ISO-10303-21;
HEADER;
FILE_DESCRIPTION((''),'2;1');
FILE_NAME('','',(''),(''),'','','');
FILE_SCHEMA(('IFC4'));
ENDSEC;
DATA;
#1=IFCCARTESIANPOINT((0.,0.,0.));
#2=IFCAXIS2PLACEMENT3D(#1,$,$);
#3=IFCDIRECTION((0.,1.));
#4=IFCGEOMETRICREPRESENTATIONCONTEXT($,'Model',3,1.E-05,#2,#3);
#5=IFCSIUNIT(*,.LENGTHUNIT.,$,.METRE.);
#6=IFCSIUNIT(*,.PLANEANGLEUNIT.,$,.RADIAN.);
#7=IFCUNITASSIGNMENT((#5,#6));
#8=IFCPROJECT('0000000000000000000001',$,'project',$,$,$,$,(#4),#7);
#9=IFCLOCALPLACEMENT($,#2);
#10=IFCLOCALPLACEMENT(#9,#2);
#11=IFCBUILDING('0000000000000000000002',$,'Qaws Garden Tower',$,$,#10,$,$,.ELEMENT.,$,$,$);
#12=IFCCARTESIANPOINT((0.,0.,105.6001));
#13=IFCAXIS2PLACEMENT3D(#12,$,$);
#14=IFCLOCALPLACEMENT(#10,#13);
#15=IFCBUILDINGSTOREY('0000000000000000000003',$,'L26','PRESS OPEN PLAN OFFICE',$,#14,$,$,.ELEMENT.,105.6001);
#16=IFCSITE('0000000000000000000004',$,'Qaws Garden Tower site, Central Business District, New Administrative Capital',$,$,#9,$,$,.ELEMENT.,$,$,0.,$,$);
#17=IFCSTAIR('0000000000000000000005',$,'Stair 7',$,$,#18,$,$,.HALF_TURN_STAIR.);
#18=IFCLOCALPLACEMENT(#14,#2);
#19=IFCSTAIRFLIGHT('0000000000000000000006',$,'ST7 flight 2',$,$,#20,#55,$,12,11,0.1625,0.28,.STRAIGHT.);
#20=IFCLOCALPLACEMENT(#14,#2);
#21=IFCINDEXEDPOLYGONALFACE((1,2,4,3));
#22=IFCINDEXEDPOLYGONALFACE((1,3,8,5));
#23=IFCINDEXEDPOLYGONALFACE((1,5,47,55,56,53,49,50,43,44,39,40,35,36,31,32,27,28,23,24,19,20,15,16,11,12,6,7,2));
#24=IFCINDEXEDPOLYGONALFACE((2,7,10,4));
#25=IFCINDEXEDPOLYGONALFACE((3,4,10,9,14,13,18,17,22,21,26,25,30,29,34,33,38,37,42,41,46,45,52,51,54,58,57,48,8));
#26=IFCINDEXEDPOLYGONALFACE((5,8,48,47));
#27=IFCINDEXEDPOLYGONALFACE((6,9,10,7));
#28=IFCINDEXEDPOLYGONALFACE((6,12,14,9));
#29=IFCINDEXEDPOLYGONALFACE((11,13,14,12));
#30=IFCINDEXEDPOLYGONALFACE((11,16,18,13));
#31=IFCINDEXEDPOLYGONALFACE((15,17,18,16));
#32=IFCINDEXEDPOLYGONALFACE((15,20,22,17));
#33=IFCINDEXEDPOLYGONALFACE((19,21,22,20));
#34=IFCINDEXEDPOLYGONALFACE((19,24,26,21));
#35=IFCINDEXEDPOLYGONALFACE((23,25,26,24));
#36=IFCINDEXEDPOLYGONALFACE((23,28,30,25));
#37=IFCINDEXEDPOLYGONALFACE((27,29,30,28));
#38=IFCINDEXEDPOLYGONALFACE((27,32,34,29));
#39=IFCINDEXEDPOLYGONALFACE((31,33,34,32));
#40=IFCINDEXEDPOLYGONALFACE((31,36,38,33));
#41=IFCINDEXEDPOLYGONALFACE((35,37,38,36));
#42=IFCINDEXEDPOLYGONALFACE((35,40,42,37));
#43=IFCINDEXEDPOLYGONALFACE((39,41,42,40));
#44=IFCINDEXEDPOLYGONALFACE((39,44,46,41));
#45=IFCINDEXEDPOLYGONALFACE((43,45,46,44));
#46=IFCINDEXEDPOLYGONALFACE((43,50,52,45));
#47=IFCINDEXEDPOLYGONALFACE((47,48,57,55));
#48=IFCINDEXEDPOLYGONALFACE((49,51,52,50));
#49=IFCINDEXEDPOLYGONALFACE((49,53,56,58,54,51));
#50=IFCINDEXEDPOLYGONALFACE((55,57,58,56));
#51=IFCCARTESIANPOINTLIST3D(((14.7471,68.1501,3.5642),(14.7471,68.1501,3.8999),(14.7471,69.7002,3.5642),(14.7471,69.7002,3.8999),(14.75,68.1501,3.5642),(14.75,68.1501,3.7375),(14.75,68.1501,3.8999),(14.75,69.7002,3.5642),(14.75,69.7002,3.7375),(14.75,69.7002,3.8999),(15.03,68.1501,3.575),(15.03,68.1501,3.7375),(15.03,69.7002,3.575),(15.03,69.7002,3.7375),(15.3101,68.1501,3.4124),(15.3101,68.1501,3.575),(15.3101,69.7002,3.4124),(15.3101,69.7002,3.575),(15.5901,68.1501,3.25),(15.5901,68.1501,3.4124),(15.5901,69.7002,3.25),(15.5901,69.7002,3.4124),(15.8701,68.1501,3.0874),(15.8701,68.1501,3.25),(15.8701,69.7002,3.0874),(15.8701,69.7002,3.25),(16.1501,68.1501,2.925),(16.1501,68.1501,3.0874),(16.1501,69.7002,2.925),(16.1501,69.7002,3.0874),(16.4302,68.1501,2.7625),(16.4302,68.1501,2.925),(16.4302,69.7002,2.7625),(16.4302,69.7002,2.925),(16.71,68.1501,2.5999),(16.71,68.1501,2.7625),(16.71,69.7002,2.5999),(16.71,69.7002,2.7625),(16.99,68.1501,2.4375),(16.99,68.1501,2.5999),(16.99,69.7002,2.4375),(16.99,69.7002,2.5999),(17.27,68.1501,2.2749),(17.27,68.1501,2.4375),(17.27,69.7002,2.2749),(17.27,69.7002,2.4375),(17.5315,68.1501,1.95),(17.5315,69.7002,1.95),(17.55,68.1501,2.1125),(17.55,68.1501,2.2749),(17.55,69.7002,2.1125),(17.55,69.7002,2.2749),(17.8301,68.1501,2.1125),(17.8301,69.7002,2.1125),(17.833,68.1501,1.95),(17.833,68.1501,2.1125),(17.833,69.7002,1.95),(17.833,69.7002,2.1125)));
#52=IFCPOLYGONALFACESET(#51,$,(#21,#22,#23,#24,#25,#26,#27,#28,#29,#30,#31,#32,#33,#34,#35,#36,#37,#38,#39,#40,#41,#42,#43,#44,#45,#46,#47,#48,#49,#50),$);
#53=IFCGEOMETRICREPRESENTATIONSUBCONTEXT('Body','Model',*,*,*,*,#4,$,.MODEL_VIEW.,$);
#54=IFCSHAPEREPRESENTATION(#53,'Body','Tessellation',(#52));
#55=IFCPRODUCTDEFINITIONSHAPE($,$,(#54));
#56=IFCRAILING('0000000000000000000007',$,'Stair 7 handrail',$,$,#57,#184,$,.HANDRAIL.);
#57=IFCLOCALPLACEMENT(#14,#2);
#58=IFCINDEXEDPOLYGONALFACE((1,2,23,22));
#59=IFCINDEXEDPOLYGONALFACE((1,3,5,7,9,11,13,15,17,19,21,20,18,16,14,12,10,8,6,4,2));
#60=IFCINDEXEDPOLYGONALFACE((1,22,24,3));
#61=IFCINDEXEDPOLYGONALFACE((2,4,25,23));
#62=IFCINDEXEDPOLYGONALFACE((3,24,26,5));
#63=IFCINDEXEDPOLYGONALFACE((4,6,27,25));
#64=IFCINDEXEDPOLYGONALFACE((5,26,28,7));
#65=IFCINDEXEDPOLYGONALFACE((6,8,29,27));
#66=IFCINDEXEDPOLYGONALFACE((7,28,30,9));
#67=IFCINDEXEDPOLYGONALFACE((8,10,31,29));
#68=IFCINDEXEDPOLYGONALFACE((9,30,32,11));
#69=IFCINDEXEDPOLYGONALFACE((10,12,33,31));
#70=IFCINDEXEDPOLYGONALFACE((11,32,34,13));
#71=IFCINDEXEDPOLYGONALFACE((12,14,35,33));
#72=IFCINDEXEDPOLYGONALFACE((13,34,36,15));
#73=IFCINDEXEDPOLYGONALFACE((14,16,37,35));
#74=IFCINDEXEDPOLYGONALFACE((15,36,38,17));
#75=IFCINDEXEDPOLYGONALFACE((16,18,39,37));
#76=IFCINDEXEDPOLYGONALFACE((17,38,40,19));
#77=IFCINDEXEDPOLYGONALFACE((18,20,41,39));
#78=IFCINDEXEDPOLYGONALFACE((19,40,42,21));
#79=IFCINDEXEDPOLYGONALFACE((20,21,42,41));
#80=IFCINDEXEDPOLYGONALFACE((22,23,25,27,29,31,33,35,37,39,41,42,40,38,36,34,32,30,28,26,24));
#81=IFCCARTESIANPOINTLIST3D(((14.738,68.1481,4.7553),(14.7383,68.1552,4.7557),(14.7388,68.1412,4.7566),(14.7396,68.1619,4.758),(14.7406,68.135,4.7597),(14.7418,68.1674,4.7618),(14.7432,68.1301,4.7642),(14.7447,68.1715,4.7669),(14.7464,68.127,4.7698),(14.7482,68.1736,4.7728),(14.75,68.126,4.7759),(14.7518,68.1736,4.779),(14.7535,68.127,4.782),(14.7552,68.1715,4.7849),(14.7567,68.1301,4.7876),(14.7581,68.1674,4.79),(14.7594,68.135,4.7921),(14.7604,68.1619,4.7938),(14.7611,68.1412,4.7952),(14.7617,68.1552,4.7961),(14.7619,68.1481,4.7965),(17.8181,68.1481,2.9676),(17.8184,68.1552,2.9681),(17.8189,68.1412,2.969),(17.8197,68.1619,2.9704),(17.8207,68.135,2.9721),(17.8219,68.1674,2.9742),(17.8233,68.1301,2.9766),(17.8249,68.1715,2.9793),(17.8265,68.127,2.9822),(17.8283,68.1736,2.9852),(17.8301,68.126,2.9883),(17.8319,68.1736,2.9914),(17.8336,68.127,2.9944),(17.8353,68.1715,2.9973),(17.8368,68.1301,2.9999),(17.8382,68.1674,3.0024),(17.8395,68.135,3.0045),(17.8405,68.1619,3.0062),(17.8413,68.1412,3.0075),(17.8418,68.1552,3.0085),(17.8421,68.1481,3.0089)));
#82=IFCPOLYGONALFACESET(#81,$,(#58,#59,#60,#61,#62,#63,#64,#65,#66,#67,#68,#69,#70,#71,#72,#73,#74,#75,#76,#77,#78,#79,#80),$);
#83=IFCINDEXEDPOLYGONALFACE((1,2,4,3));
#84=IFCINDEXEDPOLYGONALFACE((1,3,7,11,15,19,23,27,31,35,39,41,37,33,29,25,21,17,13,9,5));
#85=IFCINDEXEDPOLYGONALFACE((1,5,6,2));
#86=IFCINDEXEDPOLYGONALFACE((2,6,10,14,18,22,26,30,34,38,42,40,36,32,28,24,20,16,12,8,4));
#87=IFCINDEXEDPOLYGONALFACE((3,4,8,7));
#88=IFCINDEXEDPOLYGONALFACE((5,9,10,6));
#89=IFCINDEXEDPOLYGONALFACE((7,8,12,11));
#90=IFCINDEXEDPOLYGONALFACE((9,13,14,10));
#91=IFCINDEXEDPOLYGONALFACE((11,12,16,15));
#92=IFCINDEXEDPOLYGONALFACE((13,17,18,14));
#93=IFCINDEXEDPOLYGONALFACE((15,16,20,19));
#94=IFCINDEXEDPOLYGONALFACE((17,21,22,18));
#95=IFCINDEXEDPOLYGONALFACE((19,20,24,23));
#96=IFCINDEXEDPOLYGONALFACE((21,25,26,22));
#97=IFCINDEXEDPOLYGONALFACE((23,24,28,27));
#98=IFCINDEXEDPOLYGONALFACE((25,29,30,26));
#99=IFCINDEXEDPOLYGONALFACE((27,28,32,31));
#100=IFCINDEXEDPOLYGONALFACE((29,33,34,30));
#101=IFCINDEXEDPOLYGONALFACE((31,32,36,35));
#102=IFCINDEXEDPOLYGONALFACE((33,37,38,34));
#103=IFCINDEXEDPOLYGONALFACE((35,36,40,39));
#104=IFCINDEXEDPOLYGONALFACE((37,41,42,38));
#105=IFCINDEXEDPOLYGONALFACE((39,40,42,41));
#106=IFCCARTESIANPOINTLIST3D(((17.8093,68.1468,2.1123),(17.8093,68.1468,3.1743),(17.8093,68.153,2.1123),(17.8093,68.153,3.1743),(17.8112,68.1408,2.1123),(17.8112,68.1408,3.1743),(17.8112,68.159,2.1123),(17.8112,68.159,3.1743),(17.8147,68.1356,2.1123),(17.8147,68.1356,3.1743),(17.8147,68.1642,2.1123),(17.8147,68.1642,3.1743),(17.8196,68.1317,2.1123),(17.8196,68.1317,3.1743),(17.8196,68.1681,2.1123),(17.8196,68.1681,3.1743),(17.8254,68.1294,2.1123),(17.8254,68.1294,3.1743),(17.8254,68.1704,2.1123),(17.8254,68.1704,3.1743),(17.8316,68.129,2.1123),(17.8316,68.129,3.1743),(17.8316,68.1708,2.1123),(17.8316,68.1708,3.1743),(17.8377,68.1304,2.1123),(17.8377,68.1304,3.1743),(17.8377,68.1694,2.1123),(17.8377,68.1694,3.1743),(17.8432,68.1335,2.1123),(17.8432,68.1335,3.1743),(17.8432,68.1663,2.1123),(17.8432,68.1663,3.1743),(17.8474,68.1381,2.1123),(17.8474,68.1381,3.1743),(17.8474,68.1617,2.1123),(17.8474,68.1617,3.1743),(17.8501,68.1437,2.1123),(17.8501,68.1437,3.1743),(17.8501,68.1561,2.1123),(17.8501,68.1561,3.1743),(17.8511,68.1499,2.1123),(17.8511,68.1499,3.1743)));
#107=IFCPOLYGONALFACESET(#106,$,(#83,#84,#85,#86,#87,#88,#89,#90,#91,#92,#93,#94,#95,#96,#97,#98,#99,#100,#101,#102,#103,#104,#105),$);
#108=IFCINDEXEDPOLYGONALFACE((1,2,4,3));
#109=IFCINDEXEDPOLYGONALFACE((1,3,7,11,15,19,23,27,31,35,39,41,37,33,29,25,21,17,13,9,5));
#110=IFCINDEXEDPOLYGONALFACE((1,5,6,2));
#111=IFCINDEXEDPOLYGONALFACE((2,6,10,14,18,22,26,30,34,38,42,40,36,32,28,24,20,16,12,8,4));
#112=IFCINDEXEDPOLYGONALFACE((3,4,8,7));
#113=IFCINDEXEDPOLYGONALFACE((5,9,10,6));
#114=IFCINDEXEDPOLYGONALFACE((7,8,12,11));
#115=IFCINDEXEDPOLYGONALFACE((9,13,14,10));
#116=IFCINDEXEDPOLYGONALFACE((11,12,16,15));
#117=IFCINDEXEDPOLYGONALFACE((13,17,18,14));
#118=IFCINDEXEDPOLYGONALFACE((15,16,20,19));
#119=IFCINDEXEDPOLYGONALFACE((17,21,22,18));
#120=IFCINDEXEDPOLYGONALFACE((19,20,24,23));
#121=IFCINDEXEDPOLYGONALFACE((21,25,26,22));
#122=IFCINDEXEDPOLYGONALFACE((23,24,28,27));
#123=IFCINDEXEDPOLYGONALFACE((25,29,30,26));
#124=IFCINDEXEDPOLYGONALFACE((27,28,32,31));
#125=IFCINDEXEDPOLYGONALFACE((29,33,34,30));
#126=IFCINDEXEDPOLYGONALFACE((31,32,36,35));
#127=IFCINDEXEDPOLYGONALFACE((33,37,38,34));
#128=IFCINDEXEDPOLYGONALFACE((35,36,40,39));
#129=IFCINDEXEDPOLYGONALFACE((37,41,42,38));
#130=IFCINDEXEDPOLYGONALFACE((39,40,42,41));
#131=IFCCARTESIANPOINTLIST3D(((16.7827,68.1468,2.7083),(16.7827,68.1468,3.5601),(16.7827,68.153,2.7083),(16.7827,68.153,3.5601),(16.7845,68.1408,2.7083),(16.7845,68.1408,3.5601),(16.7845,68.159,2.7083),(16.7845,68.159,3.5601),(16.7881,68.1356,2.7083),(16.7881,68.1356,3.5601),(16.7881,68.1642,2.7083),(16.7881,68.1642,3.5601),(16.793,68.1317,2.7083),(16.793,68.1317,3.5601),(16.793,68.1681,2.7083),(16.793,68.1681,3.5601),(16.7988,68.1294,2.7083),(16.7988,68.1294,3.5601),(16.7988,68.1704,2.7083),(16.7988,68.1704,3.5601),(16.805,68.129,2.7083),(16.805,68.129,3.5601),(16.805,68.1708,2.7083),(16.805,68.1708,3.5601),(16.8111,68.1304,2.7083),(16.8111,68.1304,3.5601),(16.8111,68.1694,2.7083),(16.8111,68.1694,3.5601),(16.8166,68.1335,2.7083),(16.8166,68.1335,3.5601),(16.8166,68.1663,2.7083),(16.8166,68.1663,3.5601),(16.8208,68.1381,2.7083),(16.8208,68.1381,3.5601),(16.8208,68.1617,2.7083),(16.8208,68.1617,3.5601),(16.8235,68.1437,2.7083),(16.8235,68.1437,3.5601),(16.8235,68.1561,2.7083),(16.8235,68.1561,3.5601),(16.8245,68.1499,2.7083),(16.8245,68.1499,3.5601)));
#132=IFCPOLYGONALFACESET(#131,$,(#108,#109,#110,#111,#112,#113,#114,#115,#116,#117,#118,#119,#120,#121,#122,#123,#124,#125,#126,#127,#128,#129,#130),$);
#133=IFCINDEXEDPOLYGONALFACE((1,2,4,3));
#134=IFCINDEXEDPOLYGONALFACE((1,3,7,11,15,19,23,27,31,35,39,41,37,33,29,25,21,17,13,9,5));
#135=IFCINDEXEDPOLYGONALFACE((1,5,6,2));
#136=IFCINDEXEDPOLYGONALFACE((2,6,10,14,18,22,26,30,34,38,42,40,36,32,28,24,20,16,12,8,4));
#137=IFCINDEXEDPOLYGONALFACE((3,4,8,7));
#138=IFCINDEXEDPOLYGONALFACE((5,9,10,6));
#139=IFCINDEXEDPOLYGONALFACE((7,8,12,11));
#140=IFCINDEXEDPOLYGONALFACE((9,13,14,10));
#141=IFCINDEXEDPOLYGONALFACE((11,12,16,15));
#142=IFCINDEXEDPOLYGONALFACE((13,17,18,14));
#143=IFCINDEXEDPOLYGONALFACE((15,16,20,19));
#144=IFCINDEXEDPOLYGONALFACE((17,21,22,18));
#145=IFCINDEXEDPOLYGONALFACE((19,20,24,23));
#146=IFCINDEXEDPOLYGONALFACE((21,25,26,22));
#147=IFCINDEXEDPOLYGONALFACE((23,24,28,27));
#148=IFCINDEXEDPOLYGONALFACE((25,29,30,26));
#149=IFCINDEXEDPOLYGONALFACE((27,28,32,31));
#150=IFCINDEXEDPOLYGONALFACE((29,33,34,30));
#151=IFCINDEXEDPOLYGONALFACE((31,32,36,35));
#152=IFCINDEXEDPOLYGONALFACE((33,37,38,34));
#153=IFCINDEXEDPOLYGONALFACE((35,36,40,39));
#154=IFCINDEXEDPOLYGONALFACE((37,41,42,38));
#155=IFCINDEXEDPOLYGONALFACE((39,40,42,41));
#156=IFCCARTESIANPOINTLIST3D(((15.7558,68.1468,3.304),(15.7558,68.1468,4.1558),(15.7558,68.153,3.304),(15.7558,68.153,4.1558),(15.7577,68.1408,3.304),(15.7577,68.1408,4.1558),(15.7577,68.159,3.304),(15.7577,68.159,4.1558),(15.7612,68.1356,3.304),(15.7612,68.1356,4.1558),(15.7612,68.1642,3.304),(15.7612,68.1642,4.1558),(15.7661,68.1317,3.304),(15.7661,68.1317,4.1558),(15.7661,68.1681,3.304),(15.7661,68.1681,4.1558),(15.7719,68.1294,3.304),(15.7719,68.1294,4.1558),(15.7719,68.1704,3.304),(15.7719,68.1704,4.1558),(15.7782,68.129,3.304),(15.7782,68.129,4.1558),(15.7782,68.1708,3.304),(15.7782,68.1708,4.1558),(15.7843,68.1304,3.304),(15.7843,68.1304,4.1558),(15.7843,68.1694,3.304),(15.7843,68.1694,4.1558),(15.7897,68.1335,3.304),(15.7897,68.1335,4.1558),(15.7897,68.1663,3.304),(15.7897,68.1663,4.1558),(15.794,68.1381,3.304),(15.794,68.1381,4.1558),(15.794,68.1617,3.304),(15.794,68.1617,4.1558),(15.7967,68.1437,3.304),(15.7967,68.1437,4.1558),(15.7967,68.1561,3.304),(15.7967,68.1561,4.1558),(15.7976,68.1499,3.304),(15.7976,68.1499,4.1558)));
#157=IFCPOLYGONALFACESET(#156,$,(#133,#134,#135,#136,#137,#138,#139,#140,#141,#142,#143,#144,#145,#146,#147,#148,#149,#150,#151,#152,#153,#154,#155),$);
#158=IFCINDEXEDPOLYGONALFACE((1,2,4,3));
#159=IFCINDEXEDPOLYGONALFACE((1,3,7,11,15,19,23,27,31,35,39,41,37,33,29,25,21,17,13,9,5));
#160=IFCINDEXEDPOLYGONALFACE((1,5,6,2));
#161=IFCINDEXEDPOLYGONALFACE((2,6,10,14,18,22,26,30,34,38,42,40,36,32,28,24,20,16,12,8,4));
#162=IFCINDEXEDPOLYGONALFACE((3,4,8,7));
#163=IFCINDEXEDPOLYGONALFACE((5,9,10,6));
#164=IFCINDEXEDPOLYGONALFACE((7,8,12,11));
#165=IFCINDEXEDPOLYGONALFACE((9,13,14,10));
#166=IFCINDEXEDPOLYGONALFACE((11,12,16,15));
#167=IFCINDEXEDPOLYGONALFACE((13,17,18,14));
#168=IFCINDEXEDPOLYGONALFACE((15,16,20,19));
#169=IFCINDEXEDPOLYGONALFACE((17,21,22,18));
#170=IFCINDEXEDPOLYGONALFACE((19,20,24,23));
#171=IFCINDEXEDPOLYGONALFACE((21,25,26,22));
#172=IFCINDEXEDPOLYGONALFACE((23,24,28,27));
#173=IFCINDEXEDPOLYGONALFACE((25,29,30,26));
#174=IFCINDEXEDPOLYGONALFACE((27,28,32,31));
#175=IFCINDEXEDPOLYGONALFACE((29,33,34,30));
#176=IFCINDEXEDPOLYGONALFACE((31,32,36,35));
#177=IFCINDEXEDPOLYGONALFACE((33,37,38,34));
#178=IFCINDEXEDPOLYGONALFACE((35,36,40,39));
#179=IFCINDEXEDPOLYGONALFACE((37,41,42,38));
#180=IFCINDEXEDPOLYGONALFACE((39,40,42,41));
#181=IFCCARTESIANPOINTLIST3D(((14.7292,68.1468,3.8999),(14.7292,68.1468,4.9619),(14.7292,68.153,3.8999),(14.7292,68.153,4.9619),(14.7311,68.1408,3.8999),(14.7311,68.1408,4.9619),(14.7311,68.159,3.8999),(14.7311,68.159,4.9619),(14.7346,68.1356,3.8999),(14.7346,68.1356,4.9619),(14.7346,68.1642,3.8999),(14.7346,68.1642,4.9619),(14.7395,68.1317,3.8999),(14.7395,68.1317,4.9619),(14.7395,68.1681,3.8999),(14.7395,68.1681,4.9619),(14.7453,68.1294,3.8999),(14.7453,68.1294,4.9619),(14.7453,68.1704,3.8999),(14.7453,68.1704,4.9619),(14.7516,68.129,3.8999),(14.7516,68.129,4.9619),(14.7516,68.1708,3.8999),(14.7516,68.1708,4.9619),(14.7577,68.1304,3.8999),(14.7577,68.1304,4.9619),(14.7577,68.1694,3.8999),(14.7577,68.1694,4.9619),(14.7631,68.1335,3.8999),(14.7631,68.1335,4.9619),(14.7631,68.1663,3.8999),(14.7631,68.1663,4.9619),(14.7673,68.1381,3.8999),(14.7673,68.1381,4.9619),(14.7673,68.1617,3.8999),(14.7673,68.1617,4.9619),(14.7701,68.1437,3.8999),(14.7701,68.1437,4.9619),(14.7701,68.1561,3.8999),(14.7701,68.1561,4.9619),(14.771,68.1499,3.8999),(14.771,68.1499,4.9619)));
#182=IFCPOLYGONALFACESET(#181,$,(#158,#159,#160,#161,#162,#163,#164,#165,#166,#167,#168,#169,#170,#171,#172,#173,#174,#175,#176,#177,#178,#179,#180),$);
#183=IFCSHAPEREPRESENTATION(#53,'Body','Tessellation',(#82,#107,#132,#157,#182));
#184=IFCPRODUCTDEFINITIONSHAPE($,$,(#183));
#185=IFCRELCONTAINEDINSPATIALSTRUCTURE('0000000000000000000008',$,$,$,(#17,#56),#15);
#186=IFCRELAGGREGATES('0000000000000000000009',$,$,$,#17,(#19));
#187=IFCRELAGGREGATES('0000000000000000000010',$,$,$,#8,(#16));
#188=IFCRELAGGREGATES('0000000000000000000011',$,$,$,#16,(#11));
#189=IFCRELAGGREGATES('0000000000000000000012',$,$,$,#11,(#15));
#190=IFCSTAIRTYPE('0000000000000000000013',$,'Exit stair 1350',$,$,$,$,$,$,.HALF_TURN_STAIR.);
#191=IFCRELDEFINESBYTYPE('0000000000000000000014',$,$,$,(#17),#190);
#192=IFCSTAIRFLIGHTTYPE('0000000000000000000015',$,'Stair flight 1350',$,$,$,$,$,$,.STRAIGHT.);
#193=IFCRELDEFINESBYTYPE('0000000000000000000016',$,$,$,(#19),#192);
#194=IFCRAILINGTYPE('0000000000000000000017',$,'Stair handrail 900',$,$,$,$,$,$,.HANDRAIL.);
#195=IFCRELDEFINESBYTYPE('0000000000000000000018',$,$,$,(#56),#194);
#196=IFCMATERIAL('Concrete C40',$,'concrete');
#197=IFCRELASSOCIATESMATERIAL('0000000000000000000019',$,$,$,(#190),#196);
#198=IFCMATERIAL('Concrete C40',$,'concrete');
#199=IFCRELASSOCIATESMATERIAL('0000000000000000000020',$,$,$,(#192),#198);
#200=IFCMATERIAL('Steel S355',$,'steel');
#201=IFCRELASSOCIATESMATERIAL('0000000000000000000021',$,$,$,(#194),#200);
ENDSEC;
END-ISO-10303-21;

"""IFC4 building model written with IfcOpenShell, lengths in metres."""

from ifc_helpers import new_model, si_unit, direction, frame, origin, origin_2d, place, context, subcontext, project, spatial, polyline, circle, outline, extrude, material, type_object, element, aggregate, save


model = new_model("IFC4")

# Units and contexts
model_context = context("Model", 3, precision=1e-05, world=origin(), true_north=direction((0.0, 1.0)))
body_context = subcontext(model_context, "Body", "Model", "MODEL_VIEW")
ifc_project = project(units=[si_unit("LENGTHUNIT", "METRE"), si_unit("PLANEANGLEUNIT", "RADIAN")], contexts=[model_context])

# Site, building, storey
site_placement = place(None, origin())
site = spatial("IfcSite", under=ifc_project, at=site_placement, Name="Qaws Garden Tower site, Central Business District, New Administrative Capital", CompositionType="ELEMENT", RefElevation=0.0)
building_placement = place(site_placement, origin())
building = spatial("IfcBuilding", under=site, at=building_placement, Name="Qaws Garden Tower", CompositionType="ELEMENT")
storey_placement = place(building_placement, frame((0.0, 0.0, 105.6001)))
storey = spatial("IfcBuildingStorey", under=building, at=storey_placement, Name="L26", Description="PRESS OPEN PLAN OFFICE", CompositionType="ELEMENT", Elevation=105.6001)

# Stair, stair flight
ifc_material_1 = material(Name="Concrete C40", Category="concrete")
stair_type = type_object("IfcStairType", Name="Exit stair 1350", PredefinedType="HALF_TURN_STAIR", material=ifc_material_1)
stair_placement = place(storey_placement, origin())
stair = element("IfcStair", 1, at=stair_placement, inside=storey, type_object=stair_type, Name="Stair 7", PredefinedType="HALF_TURN_STAIR")
ifc_material_2 = material(Name="Concrete C40", Category="concrete")
stair_flight_type = type_object("IfcStairFlightType", Name="Stair flight 1350", PredefinedType="STRAIGHT", material=ifc_material_2)
stair_flight_placement = place(storey_placement, frame((17.8301, 68.925, 1.95), z_axis=(0.0, 0.0, 1.0), x_axis=(-1.0, 0.0, 0.0)))
stair_flight = element("IfcStairFlight", 2, at=stair_flight_placement, type_object=stair_flight_type, Name="ST7 flight 2", NumberOfRisers=12, NumberOfTreads=11, PredefinedType="STRAIGHT", RiserHeight=0.1625, TreadLength=0.28, context=body_context, shape_type="SweptSolid", body=[
    extrude(outline(polyline([(-0.0029, 0.0), (-0.0029, 0.1626), (0.0, 0.1626), (0.28, 0.1626), (0.28, 0.325), (0.5601, 0.325), (0.5601, 0.4875), (0.8401, 0.4875), (0.8401, 0.6499), (1.1201, 0.6499), (1.1201, 0.8125), (1.3999, 0.8125), (1.3999, 0.9751), (1.6799, 0.9751), (1.6799, 1.1375), (1.96, 1.1375), (1.96, 1.3), (2.24, 1.3), (2.24, 1.4624), (2.52, 1.4624), (2.52, 1.625), (2.8, 1.625), (2.8, 1.7876), (3.0801, 1.7876), (3.0801, 1.95), (3.083, 1.95), (3.083, 1.6143), (3.0801, 1.6143), (0.2986, 0.0), (-0.0029, 0.0)])), frame((0.0, 0.7749, 0.0), z_axis=(0.0, -1.0, 0.0), x_axis=(1.0, 0.0, 0.0)), (0.0, 0.0, 1.0), 1.55),
])
aggregate(stair, [stair_flight])

# Railing
ifc_material_3 = material(Name="Steel S355", Category="steel")
railing_type = type_object("IfcRailingType", Name="Stair handrail 900", PredefinedType="HANDRAIL", material=ifc_material_3)
railing_placement = place(storey_placement, frame((17.8301, 68.1499, 2.1123)))
element("IfcRailing", 3, at=railing_placement, inside=storey, type_object=railing_type, Name="Stair 7 handrail", PredefinedType="HANDRAIL", context=body_context, shape_type="SweptSolid", body=[
    extrude(circle(Radius=0.0239, at=origin_2d()), frame((0.0, 0.0, 0.876), z_axis=(-0.864891, 0.0, 0.50196), x_axis=(0.0, -1.0, 0.0)), (0.0, 0.0, 1.0), 3.5613),
    extrude(circle(Radius=0.021, at=origin_2d()), origin(), (0.0, 0.0, 1.0), 1.062),
    extrude(circle(Radius=0.021, at=origin_2d()), frame((-1.0266, 0.0, 0.5959)), (0.0, 0.0, 1.0), 0.8518),
    extrude(circle(Radius=0.021, at=origin_2d()), frame((-2.0535, 0.0, 1.1917)), (0.0, 0.0, 1.0), 0.8518),
    extrude(circle(Radius=0.021, at=origin_2d()), frame((-3.0801, 0.0, 1.7876)), (0.0, 0.0, 1.0), 1.062),
])

save(model, "model.ifc")
